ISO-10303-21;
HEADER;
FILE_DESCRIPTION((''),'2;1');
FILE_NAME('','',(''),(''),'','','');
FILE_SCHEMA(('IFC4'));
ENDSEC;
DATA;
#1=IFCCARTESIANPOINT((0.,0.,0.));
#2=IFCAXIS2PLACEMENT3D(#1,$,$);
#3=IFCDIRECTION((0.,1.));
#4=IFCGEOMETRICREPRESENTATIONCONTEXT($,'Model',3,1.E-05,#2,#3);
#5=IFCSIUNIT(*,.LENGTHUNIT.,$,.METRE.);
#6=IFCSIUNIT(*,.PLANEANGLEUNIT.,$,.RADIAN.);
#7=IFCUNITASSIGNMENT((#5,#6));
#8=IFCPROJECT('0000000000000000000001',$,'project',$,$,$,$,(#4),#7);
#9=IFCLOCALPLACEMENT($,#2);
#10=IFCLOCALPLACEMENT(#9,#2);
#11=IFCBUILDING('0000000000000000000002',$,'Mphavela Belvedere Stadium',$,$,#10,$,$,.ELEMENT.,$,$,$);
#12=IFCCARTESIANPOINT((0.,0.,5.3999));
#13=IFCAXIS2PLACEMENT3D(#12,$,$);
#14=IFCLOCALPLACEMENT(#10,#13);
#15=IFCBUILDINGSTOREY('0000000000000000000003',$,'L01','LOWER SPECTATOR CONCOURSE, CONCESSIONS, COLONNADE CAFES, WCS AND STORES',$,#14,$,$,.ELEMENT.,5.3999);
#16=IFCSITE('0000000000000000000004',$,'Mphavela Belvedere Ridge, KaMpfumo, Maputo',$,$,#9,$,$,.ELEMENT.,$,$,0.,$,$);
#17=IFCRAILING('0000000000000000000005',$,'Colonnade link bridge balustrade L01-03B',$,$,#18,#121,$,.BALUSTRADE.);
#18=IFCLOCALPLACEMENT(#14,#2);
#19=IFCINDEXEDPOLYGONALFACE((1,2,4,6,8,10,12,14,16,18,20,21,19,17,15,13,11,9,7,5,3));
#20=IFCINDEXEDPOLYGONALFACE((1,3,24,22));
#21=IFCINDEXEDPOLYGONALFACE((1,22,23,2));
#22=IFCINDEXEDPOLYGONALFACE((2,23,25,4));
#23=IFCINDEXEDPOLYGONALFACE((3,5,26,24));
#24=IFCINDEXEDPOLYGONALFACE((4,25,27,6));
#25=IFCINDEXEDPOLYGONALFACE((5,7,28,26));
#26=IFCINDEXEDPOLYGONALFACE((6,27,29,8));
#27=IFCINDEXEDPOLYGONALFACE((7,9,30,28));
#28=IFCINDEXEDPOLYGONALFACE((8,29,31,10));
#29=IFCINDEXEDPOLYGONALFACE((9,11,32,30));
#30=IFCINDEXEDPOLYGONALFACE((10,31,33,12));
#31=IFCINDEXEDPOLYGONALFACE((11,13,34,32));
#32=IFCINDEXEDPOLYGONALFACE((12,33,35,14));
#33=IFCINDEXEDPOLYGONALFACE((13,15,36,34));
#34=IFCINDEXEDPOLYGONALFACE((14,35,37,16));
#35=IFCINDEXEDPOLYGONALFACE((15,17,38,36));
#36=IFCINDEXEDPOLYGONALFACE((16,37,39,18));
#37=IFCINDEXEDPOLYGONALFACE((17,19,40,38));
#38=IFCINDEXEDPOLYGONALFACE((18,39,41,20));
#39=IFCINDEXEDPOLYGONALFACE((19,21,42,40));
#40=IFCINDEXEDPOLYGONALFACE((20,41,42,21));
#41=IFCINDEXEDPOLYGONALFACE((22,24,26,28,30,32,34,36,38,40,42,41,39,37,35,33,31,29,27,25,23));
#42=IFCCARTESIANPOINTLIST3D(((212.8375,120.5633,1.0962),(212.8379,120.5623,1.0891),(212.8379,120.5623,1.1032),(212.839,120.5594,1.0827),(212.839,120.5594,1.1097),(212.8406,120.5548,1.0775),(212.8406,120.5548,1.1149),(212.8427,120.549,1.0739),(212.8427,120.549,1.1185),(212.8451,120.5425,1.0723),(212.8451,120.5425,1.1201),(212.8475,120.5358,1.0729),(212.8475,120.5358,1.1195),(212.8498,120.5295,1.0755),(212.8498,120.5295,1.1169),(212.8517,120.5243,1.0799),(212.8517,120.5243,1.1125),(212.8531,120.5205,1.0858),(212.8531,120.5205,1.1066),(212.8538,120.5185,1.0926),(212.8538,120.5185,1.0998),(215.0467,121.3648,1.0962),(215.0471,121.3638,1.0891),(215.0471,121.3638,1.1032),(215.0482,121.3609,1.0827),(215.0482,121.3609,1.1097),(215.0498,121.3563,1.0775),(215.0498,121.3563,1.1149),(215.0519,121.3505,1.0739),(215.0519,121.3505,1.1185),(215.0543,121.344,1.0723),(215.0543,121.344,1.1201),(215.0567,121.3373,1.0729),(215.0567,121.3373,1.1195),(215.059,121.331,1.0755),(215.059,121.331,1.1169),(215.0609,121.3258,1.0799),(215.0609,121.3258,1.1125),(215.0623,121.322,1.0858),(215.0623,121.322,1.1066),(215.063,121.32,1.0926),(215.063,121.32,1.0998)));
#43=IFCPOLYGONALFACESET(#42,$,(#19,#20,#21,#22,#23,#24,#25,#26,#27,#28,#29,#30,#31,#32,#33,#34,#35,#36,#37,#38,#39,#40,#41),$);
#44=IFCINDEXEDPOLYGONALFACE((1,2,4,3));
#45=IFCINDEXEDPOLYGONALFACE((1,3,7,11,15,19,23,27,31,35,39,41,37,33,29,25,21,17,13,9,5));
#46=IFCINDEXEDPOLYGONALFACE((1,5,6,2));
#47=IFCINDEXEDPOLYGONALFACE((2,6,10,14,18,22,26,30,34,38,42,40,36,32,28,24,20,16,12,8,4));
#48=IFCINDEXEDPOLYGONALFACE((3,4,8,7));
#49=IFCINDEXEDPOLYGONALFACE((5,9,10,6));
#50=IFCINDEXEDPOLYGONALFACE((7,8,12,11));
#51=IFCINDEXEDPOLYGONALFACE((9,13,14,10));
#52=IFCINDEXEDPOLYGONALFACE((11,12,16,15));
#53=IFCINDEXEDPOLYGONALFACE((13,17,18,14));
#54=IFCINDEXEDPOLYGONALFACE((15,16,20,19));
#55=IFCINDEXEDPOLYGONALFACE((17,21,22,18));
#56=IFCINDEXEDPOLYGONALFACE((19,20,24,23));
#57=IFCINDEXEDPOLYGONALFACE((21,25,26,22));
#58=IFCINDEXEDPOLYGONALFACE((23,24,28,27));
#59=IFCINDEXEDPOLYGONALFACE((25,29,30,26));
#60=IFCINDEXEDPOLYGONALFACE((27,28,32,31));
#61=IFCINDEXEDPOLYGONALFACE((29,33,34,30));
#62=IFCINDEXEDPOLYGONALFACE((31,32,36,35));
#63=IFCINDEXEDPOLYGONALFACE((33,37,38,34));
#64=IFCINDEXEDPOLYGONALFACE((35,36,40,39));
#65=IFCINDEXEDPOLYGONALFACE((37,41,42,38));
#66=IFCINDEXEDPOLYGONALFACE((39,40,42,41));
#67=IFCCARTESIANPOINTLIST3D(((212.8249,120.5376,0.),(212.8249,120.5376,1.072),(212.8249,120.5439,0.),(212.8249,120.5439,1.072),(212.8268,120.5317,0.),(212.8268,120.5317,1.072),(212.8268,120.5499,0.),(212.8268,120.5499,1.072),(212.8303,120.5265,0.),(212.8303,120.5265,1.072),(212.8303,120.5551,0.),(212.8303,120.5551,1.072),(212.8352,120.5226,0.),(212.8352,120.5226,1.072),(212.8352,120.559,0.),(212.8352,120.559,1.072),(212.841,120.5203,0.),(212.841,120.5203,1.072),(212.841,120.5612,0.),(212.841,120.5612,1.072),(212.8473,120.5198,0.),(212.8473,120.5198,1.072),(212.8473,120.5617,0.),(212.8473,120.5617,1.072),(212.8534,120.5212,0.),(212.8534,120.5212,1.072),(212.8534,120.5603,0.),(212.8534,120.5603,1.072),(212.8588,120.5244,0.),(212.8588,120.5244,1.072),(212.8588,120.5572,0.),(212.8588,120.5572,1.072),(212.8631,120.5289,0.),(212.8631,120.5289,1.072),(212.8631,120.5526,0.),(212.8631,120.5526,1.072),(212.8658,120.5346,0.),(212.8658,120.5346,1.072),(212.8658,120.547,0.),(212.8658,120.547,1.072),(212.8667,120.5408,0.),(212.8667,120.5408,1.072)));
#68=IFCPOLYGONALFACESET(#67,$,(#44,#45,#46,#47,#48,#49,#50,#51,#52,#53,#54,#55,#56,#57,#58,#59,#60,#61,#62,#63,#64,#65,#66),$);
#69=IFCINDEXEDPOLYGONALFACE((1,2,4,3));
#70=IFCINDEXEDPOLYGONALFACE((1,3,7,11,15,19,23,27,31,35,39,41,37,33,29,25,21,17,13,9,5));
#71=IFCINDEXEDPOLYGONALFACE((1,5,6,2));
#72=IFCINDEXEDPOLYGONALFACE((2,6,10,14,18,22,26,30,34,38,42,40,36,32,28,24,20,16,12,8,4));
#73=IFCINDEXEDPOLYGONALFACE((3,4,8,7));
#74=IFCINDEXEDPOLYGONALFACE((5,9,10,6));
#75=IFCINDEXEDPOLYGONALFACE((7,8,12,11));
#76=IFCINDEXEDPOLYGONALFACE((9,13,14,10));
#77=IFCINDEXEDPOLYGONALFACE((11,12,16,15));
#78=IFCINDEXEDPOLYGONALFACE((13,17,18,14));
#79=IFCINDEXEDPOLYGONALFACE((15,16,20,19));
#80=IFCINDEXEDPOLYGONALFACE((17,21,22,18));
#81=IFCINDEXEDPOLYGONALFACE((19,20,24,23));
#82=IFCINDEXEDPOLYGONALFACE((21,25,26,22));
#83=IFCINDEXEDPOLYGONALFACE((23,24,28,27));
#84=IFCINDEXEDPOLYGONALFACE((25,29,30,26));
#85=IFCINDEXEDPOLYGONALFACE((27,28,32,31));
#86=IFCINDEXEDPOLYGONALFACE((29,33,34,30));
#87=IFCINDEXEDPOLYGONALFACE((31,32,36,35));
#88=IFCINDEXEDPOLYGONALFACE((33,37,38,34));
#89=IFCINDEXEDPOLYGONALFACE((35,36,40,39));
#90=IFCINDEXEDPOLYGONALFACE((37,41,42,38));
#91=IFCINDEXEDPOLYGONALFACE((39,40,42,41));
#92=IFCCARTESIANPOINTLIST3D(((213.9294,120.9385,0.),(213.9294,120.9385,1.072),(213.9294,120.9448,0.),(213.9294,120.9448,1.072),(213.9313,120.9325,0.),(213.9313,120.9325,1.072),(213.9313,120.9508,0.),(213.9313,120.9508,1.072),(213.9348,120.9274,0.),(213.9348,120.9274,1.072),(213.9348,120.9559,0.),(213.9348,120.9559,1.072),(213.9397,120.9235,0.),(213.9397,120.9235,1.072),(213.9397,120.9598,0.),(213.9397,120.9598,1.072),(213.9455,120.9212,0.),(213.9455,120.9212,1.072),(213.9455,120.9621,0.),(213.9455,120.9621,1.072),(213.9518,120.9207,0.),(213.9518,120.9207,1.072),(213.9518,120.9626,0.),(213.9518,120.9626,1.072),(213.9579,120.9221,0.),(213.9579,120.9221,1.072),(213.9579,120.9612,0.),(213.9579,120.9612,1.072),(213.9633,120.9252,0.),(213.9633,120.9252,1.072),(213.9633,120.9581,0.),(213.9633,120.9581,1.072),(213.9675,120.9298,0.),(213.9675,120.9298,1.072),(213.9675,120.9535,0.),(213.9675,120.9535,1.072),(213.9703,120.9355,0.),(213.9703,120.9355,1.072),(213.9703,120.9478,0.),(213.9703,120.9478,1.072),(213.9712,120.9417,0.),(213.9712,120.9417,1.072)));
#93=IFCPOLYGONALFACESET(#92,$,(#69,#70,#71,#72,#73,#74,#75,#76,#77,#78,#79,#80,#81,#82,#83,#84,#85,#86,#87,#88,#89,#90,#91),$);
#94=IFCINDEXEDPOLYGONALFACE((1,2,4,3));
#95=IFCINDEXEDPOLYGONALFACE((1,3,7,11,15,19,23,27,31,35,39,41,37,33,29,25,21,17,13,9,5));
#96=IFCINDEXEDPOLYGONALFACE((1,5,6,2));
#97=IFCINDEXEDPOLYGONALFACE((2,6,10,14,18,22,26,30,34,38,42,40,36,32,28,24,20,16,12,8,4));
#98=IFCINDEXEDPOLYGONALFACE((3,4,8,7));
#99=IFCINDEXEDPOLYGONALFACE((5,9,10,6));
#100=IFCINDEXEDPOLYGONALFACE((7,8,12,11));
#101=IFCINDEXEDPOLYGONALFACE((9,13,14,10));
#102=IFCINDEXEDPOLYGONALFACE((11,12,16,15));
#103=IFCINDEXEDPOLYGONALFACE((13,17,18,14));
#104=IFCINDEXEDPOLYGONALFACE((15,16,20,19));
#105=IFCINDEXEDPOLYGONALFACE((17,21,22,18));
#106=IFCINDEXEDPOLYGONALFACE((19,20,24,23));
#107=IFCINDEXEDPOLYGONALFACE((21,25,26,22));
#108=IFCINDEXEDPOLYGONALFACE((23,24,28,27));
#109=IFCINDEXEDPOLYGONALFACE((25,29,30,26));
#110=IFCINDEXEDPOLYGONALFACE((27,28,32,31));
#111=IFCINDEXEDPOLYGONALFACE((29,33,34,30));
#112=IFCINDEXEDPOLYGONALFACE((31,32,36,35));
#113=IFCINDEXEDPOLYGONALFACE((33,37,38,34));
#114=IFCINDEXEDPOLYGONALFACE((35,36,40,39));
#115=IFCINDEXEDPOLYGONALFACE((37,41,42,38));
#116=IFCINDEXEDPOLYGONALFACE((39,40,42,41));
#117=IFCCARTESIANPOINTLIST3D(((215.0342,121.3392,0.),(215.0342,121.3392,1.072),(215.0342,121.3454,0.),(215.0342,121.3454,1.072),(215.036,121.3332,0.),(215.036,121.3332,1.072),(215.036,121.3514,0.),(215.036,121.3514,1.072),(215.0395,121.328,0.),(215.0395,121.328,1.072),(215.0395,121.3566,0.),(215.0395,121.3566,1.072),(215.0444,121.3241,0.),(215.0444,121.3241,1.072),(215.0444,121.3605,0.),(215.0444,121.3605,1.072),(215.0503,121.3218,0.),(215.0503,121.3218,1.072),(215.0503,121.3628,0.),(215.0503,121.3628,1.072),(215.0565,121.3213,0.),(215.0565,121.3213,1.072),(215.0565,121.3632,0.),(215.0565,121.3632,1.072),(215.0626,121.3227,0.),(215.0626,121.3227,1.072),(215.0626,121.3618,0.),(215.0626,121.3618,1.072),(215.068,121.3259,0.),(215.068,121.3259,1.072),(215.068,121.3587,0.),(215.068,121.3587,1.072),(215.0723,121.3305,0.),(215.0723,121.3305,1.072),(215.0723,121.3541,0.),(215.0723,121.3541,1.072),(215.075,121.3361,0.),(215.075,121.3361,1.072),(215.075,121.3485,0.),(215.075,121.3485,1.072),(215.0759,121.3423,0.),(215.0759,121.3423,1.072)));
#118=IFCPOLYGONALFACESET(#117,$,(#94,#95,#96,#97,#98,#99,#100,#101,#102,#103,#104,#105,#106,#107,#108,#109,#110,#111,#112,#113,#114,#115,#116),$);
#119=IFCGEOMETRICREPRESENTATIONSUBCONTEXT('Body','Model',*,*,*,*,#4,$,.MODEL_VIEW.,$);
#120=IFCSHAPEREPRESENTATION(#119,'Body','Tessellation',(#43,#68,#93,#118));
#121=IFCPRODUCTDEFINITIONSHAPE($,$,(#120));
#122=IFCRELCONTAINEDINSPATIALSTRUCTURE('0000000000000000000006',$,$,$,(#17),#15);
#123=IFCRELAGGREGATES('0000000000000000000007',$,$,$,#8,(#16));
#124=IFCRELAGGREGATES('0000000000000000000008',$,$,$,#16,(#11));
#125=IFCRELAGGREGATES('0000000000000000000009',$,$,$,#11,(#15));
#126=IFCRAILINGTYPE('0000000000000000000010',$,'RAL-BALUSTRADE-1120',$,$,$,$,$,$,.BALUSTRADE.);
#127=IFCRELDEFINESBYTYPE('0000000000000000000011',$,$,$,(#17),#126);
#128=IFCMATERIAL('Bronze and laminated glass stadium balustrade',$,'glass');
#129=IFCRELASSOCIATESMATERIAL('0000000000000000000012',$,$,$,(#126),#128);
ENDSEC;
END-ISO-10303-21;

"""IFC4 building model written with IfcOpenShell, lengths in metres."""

from ifc_helpers import new_model, si_unit, direction, frame, origin, origin_2d, place, context, subcontext, project, spatial, circle, extrude, material, type_object, element, save


model = new_model("IFC4")

# Units and contexts
model_context = context("Model", 3, precision=1e-05, world=origin(), true_north=direction((0.0, 1.0)))
body_context = subcontext(model_context, "Body", "Model", "MODEL_VIEW")
ifc_project = project(units=[si_unit("LENGTHUNIT", "METRE"), si_unit("PLANEANGLEUNIT", "RADIAN")], contexts=[model_context])

# Site, building, storey
site_placement = place(None, origin())
site = spatial("IfcSite", under=ifc_project, at=site_placement, Name="Mphavela Belvedere Ridge, KaMpfumo, Maputo", CompositionType="ELEMENT", RefElevation=0.0)
building_placement = place(site_placement, origin())
building = spatial("IfcBuilding", under=site, at=building_placement, Name="Mphavela Belvedere Stadium", CompositionType="ELEMENT")
storey_placement = place(building_placement, frame((0.0, 0.0, 5.3999)))
storey = spatial("IfcBuildingStorey", under=building, at=storey_placement, Name="L01", Description="LOWER SPECTATOR CONCOURSE, CONCESSIONS, COLONNADE CAFES, WCS AND STORES", CompositionType="ELEMENT", Elevation=5.3999)

# Railing
ifc_material_1 = material(Name="Bronze and laminated glass stadium balustrade", Category="glass")
railing_type = type_object("IfcRailingType", Name="RAL-BALUSTRADE-1120", PredefinedType="BALUSTRADE", material=ifc_material_1)
railing_1_placement = place(storey_placement, frame((212.8457, 120.5408, 0.0)))
element("IfcRailing", 1, at=railing_1_placement, inside=storey, type_object=railing_type, Name="Colonnade link bridge balustrade L01-03B", PredefinedType="BALUSTRADE", context=body_context, shape_type="SweptSolid", body=[
    extrude(circle(Radius=0.0239, at=origin_2d()), frame((0.0, 0.0, 1.0962), z_axis=(0.940045, 0.341051, 0.0), x_axis=(-0.341051, 0.940045, 0.0)), (0.0, 0.0, 1.0), 2.3501),
    extrude(circle(Radius=0.021, at=origin_2d()), origin(), (0.0, 0.0, 1.0), 1.072),
    extrude(circle(Radius=0.021, at=origin_2d()), frame((1.1045, 0.4009, 0.0)), (0.0, 0.0, 1.0), 1.072),
    extrude(circle(Radius=0.021, at=origin_2d()), frame((2.2092, 0.8015, 0.0)), (0.0, 0.0, 1.0), 1.072),
])

save(model, "model.ifc")
